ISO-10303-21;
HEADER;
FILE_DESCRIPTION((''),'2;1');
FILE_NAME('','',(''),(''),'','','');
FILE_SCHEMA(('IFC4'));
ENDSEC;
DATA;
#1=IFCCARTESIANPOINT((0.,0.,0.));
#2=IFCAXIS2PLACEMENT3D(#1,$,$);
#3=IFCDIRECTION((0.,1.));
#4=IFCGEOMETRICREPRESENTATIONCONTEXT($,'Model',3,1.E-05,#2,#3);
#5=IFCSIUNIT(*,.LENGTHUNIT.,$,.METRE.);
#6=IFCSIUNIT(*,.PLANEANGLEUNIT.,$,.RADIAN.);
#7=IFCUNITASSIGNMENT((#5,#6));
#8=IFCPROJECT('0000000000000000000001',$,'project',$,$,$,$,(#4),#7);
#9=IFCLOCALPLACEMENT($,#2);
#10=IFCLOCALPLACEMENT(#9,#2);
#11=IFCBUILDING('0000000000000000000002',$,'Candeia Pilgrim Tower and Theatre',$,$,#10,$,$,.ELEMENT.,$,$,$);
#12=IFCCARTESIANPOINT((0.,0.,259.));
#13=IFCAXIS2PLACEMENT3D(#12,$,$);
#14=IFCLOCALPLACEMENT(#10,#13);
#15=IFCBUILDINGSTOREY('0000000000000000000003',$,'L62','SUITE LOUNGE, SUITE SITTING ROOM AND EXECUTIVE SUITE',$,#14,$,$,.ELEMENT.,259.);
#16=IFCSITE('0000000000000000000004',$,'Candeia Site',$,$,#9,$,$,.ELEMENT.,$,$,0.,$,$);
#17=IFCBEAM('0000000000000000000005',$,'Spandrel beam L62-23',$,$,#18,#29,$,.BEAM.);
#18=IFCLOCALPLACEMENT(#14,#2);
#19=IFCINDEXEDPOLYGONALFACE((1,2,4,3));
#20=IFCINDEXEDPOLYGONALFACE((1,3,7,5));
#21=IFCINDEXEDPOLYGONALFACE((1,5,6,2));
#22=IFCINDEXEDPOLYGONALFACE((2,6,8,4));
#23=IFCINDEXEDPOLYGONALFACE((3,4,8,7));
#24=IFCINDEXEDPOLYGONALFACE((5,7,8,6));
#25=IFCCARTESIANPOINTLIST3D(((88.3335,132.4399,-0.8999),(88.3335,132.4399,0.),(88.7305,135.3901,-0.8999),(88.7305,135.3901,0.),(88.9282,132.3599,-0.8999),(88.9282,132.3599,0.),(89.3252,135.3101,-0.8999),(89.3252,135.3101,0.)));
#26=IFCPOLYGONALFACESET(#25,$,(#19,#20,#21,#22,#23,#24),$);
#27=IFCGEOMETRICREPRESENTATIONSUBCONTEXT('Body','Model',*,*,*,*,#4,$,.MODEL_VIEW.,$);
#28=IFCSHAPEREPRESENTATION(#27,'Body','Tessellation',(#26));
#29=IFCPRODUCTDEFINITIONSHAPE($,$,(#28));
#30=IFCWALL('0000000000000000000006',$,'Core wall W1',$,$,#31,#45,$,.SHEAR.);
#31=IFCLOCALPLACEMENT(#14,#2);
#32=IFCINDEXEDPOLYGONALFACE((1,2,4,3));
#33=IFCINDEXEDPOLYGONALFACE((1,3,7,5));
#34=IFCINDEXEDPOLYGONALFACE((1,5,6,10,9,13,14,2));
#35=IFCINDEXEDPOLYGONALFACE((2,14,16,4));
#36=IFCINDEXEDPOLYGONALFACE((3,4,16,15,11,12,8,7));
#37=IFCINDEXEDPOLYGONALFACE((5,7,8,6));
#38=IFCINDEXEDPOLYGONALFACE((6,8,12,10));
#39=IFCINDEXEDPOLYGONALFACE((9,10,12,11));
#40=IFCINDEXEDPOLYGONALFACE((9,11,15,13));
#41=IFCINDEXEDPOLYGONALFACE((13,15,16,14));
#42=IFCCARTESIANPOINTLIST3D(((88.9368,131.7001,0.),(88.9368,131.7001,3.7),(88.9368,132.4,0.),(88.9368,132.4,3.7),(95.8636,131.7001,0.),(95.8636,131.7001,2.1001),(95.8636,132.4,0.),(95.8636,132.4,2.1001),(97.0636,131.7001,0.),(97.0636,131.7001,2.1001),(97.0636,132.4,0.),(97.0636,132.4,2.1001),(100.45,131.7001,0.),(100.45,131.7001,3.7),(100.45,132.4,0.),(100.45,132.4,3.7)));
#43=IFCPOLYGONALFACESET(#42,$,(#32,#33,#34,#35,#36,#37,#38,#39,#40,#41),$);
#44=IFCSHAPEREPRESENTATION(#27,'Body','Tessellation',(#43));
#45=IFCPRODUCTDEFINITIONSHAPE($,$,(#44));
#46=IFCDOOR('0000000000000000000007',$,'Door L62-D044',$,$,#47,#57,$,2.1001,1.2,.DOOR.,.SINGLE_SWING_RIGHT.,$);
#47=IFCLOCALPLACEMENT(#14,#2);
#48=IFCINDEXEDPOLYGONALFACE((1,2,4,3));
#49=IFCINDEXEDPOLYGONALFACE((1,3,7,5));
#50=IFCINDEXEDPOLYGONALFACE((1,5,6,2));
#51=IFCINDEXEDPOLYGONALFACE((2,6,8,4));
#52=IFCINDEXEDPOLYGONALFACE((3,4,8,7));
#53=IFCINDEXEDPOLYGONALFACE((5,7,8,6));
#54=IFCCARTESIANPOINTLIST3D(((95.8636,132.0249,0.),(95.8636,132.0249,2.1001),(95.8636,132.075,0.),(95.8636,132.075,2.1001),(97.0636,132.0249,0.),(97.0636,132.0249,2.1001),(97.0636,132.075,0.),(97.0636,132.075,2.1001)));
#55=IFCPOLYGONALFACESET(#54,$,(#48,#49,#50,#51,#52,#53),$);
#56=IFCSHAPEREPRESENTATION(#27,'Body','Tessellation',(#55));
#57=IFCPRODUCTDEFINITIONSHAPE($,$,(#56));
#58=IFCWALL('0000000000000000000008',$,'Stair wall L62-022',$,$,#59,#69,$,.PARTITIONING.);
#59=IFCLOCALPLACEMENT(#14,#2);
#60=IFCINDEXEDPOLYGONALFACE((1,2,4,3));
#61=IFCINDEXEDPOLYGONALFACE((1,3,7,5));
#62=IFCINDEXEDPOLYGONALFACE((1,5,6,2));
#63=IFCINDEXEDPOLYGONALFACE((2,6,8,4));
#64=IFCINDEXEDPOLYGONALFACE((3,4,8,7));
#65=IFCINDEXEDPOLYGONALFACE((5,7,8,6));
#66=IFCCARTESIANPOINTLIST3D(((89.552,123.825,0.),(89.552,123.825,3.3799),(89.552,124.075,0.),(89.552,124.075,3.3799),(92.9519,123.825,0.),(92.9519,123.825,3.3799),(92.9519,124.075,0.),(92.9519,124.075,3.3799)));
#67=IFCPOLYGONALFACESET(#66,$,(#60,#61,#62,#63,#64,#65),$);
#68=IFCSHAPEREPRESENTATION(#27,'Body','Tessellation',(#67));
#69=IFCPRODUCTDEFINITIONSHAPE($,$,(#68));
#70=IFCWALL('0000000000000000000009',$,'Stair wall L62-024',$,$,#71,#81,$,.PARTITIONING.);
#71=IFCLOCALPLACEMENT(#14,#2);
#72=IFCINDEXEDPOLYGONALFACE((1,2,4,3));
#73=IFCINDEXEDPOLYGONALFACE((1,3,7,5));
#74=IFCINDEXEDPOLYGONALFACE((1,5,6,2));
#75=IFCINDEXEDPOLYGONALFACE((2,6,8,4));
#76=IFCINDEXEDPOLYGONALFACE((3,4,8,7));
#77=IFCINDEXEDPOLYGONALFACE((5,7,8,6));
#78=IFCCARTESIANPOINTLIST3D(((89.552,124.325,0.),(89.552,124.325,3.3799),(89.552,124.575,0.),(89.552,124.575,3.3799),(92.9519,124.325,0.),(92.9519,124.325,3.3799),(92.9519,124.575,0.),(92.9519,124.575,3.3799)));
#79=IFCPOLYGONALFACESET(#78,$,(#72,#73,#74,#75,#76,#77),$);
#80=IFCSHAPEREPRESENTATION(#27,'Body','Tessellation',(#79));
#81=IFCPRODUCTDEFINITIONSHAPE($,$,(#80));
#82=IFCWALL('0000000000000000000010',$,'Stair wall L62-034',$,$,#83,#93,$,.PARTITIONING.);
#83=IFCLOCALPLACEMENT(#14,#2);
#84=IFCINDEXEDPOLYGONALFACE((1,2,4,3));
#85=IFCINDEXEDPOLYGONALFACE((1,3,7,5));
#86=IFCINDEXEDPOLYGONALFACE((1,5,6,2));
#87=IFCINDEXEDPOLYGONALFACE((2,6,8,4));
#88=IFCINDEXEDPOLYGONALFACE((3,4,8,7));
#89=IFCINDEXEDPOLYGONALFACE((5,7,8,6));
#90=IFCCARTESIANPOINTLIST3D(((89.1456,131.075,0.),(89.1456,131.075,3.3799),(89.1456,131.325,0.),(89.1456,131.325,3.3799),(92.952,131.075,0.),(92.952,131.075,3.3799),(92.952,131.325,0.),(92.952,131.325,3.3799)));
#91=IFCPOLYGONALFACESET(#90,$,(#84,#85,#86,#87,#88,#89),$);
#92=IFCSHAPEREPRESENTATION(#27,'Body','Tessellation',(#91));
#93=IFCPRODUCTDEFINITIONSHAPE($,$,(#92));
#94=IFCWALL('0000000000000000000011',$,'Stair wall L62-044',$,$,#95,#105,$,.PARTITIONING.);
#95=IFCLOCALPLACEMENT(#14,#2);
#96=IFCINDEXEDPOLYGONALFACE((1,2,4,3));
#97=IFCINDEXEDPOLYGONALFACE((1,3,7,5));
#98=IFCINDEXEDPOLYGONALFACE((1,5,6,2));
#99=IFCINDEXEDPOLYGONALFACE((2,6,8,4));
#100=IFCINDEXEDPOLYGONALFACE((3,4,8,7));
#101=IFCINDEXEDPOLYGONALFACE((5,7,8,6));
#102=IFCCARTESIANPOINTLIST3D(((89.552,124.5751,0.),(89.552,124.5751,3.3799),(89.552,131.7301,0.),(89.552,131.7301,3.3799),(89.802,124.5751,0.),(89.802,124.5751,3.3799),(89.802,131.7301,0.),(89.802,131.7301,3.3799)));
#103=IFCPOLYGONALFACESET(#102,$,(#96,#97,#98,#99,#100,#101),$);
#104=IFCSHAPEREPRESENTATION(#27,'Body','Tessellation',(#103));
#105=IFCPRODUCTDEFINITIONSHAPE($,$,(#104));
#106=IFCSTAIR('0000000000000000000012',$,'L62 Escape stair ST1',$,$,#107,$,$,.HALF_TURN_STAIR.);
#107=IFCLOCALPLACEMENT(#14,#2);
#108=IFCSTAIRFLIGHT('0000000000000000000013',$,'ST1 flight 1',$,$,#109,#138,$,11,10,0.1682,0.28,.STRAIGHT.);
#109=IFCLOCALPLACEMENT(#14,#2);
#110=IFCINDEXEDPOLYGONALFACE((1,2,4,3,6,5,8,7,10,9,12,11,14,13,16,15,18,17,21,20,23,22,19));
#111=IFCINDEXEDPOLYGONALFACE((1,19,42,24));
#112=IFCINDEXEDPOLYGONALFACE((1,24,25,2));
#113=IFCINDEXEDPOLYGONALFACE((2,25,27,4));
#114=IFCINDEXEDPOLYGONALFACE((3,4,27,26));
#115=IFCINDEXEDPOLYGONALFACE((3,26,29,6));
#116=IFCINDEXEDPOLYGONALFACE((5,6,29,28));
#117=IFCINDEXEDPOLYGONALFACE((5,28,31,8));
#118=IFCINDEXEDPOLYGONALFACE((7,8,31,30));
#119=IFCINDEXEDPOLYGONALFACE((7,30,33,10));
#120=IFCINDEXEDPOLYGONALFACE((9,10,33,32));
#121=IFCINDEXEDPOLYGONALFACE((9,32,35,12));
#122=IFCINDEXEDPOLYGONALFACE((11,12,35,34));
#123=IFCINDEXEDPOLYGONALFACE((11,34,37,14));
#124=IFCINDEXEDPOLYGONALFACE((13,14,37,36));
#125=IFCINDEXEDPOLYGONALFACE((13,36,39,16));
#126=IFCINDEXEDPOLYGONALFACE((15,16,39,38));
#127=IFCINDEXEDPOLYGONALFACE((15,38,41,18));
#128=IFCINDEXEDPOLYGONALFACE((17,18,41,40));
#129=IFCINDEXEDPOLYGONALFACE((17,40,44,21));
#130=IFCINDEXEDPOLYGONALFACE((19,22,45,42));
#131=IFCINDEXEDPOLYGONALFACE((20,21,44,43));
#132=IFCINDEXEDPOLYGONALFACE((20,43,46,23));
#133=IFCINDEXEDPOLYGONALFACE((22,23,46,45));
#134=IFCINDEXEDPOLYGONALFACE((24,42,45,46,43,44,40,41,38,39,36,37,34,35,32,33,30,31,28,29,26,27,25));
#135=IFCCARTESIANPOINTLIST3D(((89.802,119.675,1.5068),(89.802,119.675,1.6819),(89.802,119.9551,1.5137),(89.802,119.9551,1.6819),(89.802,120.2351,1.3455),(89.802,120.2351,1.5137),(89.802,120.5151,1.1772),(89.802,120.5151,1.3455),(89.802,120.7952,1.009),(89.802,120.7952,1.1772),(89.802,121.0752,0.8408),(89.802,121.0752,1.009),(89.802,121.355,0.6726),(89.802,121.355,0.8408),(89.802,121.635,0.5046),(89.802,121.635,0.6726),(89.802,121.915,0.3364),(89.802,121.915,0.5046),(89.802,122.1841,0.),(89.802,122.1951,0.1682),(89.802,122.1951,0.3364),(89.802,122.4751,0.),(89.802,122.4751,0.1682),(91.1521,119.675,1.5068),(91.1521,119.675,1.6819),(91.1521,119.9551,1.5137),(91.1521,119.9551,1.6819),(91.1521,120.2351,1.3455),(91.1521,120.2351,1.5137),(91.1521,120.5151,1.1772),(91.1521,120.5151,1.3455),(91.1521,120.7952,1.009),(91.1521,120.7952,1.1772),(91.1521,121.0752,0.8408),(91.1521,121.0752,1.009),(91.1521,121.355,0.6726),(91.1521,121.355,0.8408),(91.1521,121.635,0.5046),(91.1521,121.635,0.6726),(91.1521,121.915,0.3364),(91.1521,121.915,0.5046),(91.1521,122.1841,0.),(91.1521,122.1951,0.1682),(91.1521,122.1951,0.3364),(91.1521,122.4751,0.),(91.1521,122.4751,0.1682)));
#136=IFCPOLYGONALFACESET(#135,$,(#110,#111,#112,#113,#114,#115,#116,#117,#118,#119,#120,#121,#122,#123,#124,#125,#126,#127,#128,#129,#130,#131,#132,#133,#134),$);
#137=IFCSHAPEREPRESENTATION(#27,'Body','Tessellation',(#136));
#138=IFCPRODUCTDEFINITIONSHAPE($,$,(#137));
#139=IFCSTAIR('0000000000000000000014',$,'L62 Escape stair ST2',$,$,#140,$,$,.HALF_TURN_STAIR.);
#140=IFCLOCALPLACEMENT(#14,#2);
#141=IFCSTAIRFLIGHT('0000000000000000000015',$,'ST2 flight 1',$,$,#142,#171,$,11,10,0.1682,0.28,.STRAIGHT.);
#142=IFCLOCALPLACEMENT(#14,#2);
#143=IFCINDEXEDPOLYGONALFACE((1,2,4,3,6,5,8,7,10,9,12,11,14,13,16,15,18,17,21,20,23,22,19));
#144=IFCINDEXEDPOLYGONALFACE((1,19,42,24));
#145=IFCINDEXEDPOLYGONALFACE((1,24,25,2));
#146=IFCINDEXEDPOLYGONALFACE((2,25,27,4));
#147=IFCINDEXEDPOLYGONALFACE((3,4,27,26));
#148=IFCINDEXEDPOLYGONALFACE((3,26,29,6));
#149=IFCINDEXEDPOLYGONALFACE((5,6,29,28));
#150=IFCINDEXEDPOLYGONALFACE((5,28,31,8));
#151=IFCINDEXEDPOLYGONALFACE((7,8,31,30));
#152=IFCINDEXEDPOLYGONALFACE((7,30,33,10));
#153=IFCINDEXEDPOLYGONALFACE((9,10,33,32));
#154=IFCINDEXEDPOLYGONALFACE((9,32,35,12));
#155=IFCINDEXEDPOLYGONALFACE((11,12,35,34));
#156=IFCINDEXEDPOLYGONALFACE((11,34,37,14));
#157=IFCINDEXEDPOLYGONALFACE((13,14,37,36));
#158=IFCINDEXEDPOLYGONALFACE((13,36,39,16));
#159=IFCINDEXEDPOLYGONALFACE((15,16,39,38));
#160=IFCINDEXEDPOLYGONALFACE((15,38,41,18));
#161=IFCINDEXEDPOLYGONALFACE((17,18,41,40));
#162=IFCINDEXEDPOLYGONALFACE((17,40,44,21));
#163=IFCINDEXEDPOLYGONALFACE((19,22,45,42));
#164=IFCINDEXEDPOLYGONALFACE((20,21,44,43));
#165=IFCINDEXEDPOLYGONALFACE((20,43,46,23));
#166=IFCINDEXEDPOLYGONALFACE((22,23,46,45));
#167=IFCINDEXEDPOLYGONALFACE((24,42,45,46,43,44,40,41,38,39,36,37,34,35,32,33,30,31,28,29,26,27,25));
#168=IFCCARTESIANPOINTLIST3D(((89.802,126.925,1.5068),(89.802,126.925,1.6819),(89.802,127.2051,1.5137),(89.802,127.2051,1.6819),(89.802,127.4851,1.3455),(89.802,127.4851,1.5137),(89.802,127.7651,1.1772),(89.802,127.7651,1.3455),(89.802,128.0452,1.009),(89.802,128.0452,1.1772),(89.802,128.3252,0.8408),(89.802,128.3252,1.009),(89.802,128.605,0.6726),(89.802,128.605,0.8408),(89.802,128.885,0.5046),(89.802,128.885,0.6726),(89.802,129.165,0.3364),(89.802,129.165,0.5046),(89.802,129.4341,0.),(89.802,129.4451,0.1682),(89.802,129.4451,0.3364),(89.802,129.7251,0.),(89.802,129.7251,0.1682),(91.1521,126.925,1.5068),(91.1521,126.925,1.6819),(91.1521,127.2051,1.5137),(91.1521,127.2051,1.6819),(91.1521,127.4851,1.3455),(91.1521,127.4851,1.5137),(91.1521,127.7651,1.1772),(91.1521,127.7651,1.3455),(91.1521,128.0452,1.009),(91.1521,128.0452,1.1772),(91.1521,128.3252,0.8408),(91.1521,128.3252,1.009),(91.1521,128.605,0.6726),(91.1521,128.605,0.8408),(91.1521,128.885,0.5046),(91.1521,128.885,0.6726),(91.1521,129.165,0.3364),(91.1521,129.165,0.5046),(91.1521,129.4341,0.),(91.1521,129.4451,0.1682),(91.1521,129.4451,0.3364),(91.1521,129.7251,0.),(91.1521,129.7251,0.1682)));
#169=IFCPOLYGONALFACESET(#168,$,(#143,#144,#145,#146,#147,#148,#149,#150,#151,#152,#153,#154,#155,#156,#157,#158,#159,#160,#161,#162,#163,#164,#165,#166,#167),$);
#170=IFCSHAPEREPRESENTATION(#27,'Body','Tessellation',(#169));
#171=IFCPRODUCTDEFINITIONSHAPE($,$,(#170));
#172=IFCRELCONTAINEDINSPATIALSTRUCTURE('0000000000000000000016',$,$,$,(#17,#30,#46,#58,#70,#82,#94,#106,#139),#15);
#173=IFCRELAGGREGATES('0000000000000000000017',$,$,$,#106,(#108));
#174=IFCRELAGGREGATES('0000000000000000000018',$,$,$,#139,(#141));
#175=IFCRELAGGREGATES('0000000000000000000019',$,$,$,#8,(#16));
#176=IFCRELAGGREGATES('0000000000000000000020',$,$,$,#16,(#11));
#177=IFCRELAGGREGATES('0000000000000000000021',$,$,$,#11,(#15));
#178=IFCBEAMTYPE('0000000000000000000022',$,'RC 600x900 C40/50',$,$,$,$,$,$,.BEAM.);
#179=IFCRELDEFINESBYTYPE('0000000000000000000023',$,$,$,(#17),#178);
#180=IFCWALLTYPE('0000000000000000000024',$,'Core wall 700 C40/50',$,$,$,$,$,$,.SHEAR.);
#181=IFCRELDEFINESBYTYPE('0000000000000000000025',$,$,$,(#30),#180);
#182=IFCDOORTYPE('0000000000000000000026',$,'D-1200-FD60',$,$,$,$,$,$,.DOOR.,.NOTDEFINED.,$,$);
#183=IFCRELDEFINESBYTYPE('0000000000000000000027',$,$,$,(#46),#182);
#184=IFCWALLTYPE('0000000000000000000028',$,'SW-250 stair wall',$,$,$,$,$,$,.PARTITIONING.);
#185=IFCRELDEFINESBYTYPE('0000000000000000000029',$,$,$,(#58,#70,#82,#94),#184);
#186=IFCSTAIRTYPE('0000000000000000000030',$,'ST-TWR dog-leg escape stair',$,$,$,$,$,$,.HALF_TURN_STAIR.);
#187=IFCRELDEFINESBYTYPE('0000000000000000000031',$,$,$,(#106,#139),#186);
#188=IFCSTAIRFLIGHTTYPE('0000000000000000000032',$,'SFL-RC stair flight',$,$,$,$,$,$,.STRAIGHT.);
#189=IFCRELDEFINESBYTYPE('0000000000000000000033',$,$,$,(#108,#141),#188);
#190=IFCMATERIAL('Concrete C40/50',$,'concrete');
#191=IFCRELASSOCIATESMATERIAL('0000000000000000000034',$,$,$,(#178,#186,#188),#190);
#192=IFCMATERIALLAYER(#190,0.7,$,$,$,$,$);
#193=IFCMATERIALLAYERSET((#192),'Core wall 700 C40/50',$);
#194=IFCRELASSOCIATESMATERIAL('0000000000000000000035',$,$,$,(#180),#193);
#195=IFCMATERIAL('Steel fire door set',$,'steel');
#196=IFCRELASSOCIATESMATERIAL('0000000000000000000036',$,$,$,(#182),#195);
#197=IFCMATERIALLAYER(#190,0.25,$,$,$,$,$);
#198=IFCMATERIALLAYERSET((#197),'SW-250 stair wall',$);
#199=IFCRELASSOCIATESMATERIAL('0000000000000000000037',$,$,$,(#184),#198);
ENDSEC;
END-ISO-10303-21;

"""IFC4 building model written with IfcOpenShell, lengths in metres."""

from ifc_helpers import new_model, si_unit, direction, frame, frame_2d, origin, origin_2d, place, context, subcontext, project, spatial, polyline, rectangle, outline, extrude, material, layer, layer_set, material_profile, profile_set, type_object, element, fill, aggregate, save


model = new_model("IFC4")

# Units and contexts
model_context = context("Model", 3, precision=1e-05, world=origin(), true_north=direction((0.0, 1.0)))
body_context = subcontext(model_context, "Body", "Model", "MODEL_VIEW")
ifc_project = project(units=[si_unit("LENGTHUNIT", "METRE"), si_unit("PLANEANGLEUNIT", "RADIAN")], contexts=[model_context])

# Site, building, storey
site_placement = place(None, origin())
site = spatial("IfcSite", under=ifc_project, at=site_placement, Name="Candeia Site", CompositionType="ELEMENT", RefElevation=0.0)
building_placement = place(site_placement, origin())
building = spatial("IfcBuilding", under=site, at=building_placement, Name="Candeia Pilgrim Tower and Theatre", CompositionType="ELEMENT")
storey_placement = place(building_placement, frame((0.0, 0.0, 259.0)))
storey = spatial("IfcBuildingStorey", under=building, at=storey_placement, Name="L62", Description="SUITE LOUNGE, SUITE SITTING ROOM AND EXECUTIVE SUITE", CompositionType="ELEMENT", Elevation=259.0)

# Beam
ifc_material_1 = material(Name="Concrete C40/50", Category="concrete")
ifc_material_profile = material_profile(ifc_material_1, rectangle(XDim=0.6001, YDim=0.8999, at=origin_2d()))
ifc_profile_set = profile_set([ifc_material_profile], Name="Concrete C40/50")
beam_type = type_object("IfcBeamType", Name="RC 600x900 C40/50", PredefinedType="BEAM", material=ifc_profile_set)
beam_placement = place(storey_placement, frame((88.6309, 132.3999, -0.45), z_axis=(0.133356, 0.991068, 0.0), x_axis=(-0.991068, 0.133356, 0.0)))
element("IfcBeam", 1, at=beam_placement, inside=storey, type_object=beam_type, Name="Spandrel beam L62-23", PredefinedType="BEAM", context=body_context, shape_type="SweptSolid", body=[
    extrude(rectangle(XDim=0.6001, YDim=0.8999, at=origin_2d()), origin(), (0.0, 0.0, 1.0), 2.9768),
])

# Wall, opening, door
ifc_layer_1 = layer(ifc_material_1, 0.7)
ifc_layer_set_1 = layer_set([ifc_layer_1], Name="Core wall 700 C40/50")
wall_type_1 = type_object("IfcWallType", Name="Core wall 700 C40/50", PredefinedType="SHEAR", material=ifc_layer_set_1)
wall_1_placement = place(storey_placement, frame((88.9368, 132.05, 0.0), z_axis=(0.0, 0.0, 1.0), x_axis=(1.0, 0.0, 0.0)))
wall_1 = element("IfcWall", 2, at=wall_1_placement, inside=storey, type_object=wall_type_1, Name="Core wall W1", PredefinedType="SHEAR", context=body_context, shape_type="SweptSolid", body=[
    extrude(rectangle(XDim=11.5132, YDim=0.7, at=frame_2d((5.7566, 0.0))), origin(), (0.0, 0.0, 1.0), 3.7),
])
opening_placement = place(wall_1_placement, frame((6.9268, 0.0, 0.0)))
opening = element("IfcOpeningElement", 3, at=opening_placement, cuts=wall_1, PredefinedType="OPENING", context=body_context, shape_type="SweptSolid", body=[
    extrude(rectangle(XDim=1.2, YDim=2.1001, at=frame_2d((0.6001, 1.05))), frame((0.0, 0.3599, 0.0), z_axis=(0.0, -1.0, 0.0), x_axis=(1.0, 0.0, 0.0)), (0.0, 0.0, 1.0), 0.72),
])
ifc_material_2 = material(Name="Steel fire door set", Category="steel")
door_type = type_object("IfcDoorType", Name="D-1200-FD60", OperationType="NOTDEFINED", PredefinedType="DOOR", material=ifc_material_2)
door_placement = place(opening_placement, origin())
door = element("IfcDoor", 4, at=door_placement, inside=storey, type_object=door_type, Name="Door L62-D044", OperationType="SINGLE_SWING_RIGHT", OverallHeight=2.1001, OverallWidth=1.2, PredefinedType="DOOR", context=body_context, shape_type="SweptSolid", body=[
    extrude(rectangle(XDim=1.2, YDim=2.1001, at=frame_2d((0.6001, 1.05))), frame((0.0, 0.0249, 0.0), z_axis=(0.0, -1.0, 0.0), x_axis=(1.0, 0.0, 0.0)), (0.0, 0.0, 1.0), 0.05),
])
fill(opening, door)

# Walls
ifc_layer_2 = layer(ifc_material_1, 0.25)
ifc_layer_set_2 = layer_set([ifc_layer_2], Name="SW-250 stair wall")
wall_type_2 = type_object("IfcWallType", Name="SW-250 stair wall", PredefinedType="PARTITIONING", material=ifc_layer_set_2)
for number, where, z_axis, x_axis, name in (
    (5, (89.552, 123.95, 0.0), (0.0, 0.0, 1.0), (1.0, 0.0, 0.0), "Stair wall L62-022"),
    (6, (89.552, 124.45, 0.0), (0.0, 0.0, 1.0), (1.0, 0.0, 0.0), "Stair wall L62-024"),
):
    element("IfcWall", number, at=place(storey_placement, frame(where, z_axis=z_axis, x_axis=x_axis)), inside=storey, type_object=wall_type_2, Name=name, PredefinedType="PARTITIONING", context=body_context, shape_type="SweptSolid", body=[
        extrude(rectangle(XDim=3.3999, YDim=0.25, at=frame_2d((1.7, 0.0))), origin(), (0.0, 0.0, 1.0), 3.3799),
    ])
wall_2_placement = place(storey_placement, frame((89.1455, 131.2, 0.0), z_axis=(0.0, 0.0, 1.0), x_axis=(1.0, 0.0, 0.0)))
element("IfcWall", 7, at=wall_2_placement, inside=storey, type_object=wall_type_2, Name="Stair wall L62-034", PredefinedType="PARTITIONING", context=body_context, shape_type="SweptSolid", body=[
    extrude(rectangle(XDim=3.8064, YDim=0.25, at=frame_2d((1.9033, 0.0))), origin(), (0.0, 0.0, 1.0), 3.3799),
])
wall_3_placement = place(storey_placement, frame((89.677, 124.575, 0.0), z_axis=(0.0, 0.0, 1.0), x_axis=(0.0, 1.0, 0.0)))
element("IfcWall", 8, at=wall_3_placement, inside=storey, type_object=wall_type_2, Name="Stair wall L62-044", PredefinedType="PARTITIONING", context=body_context, shape_type="SweptSolid", body=[
    extrude(rectangle(XDim=7.155, YDim=0.25, at=frame_2d((3.5776, 0.0))), origin(), (0.0, 0.0, 1.0), 3.3799),
])

# Stair, stair flight
stair_type = type_object("IfcStairType", Name="ST-TWR dog-leg escape stair", PredefinedType="HALF_TURN_STAIR", material=ifc_material_1)
stair_1_placement = place(storey_placement, origin())
stair_1 = element("IfcStair", 9, at=stair_1_placement, inside=storey, type_object=stair_type, Name="L62 Escape stair ST1", PredefinedType="HALF_TURN_STAIR")
stair_flight_type = type_object("IfcStairFlightType", Name="SFL-RC stair flight", PredefinedType="STRAIGHT", material=ifc_material_1)
stair_flight_1_placement = place(storey_placement, frame((90.4771, 122.4751, 0.0), z_axis=(0.0, 0.0, 1.0), x_axis=(0.0, -1.0, 0.0)))
stair_flight_1 = element("IfcStairFlight", 10, at=stair_flight_1_placement, type_object=stair_flight_type, Name="ST1 flight 1", NumberOfRisers=11, NumberOfTreads=10, PredefinedType="STRAIGHT", RiserHeight=0.1682, TreadLength=0.28, context=body_context, shape_type="SweptSolid", body=[
    extrude(outline(polyline([(0.0, 0.0), (0.0, 0.1682), (0.28, 0.1682), (0.28, 0.3364), (0.5601, 0.3364), (0.5601, 0.5046), (0.8401, 0.5046), (0.8401, 0.6726), (1.1201, 0.6726), (1.1201, 0.8408), (1.3999, 0.8408), (1.3999, 1.009), (1.6799, 1.009), (1.6799, 1.1772), (1.96, 1.1772), (1.96, 1.3455), (2.24, 1.3455), (2.24, 1.5137), (2.52, 1.5137), (2.52, 1.6819), (2.8, 1.6819), (2.8, 1.8501), (2.8, 1.5068), (0.291, 0.0), (0.0, 0.0)])), frame((0.0, 0.675, 0.0), z_axis=(0.0, -1.0, 0.0), x_axis=(1.0, 0.0, 0.0)), (0.0, 0.0, 1.0), 1.3501),
])
aggregate(stair_1, [stair_flight_1])

# Stair, stair flight
stair_2_placement = place(storey_placement, origin())
stair_2 = element("IfcStair", 11, at=stair_2_placement, inside=storey, type_object=stair_type, Name="L62 Escape stair ST2", PredefinedType="HALF_TURN_STAIR")
stair_flight_2_placement = place(storey_placement, frame((90.4771, 129.7251, 0.0), z_axis=(0.0, 0.0, 1.0), x_axis=(0.0, -1.0, 0.0)))
stair_flight_2 = element("IfcStairFlight", 12, at=stair_flight_2_placement, type_object=stair_flight_type, Name="ST2 flight 1", NumberOfRisers=11, NumberOfTreads=10, PredefinedType="STRAIGHT", RiserHeight=0.1682, TreadLength=0.28, context=body_context, shape_type="SweptSolid", body=[
    extrude(outline(polyline([(0.0, 0.0), (0.0, 0.1682), (0.28, 0.1682), (0.28, 0.3364), (0.5601, 0.3364), (0.5601, 0.5046), (0.8401, 0.5046), (0.8401, 0.6726), (1.1201, 0.6726), (1.1201, 0.8408), (1.3999, 0.8408), (1.3999, 1.009), (1.6799, 1.009), (1.6799, 1.1772), (1.96, 1.1772), (1.96, 1.3455), (2.24, 1.3455), (2.24, 1.5137), (2.52, 1.5137), (2.52, 1.6819), (2.8, 1.6819), (2.8, 1.8501), (2.8, 1.5068), (0.291, 0.0), (0.0, 0.0)])), frame((0.0, 0.675, 0.0), z_axis=(0.0, -1.0, 0.0), x_axis=(1.0, 0.0, 0.0)), (0.0, 0.0, 1.0), 1.3501),
])
aggregate(stair_2, [stair_flight_2])

save(model, "model.ifc")
